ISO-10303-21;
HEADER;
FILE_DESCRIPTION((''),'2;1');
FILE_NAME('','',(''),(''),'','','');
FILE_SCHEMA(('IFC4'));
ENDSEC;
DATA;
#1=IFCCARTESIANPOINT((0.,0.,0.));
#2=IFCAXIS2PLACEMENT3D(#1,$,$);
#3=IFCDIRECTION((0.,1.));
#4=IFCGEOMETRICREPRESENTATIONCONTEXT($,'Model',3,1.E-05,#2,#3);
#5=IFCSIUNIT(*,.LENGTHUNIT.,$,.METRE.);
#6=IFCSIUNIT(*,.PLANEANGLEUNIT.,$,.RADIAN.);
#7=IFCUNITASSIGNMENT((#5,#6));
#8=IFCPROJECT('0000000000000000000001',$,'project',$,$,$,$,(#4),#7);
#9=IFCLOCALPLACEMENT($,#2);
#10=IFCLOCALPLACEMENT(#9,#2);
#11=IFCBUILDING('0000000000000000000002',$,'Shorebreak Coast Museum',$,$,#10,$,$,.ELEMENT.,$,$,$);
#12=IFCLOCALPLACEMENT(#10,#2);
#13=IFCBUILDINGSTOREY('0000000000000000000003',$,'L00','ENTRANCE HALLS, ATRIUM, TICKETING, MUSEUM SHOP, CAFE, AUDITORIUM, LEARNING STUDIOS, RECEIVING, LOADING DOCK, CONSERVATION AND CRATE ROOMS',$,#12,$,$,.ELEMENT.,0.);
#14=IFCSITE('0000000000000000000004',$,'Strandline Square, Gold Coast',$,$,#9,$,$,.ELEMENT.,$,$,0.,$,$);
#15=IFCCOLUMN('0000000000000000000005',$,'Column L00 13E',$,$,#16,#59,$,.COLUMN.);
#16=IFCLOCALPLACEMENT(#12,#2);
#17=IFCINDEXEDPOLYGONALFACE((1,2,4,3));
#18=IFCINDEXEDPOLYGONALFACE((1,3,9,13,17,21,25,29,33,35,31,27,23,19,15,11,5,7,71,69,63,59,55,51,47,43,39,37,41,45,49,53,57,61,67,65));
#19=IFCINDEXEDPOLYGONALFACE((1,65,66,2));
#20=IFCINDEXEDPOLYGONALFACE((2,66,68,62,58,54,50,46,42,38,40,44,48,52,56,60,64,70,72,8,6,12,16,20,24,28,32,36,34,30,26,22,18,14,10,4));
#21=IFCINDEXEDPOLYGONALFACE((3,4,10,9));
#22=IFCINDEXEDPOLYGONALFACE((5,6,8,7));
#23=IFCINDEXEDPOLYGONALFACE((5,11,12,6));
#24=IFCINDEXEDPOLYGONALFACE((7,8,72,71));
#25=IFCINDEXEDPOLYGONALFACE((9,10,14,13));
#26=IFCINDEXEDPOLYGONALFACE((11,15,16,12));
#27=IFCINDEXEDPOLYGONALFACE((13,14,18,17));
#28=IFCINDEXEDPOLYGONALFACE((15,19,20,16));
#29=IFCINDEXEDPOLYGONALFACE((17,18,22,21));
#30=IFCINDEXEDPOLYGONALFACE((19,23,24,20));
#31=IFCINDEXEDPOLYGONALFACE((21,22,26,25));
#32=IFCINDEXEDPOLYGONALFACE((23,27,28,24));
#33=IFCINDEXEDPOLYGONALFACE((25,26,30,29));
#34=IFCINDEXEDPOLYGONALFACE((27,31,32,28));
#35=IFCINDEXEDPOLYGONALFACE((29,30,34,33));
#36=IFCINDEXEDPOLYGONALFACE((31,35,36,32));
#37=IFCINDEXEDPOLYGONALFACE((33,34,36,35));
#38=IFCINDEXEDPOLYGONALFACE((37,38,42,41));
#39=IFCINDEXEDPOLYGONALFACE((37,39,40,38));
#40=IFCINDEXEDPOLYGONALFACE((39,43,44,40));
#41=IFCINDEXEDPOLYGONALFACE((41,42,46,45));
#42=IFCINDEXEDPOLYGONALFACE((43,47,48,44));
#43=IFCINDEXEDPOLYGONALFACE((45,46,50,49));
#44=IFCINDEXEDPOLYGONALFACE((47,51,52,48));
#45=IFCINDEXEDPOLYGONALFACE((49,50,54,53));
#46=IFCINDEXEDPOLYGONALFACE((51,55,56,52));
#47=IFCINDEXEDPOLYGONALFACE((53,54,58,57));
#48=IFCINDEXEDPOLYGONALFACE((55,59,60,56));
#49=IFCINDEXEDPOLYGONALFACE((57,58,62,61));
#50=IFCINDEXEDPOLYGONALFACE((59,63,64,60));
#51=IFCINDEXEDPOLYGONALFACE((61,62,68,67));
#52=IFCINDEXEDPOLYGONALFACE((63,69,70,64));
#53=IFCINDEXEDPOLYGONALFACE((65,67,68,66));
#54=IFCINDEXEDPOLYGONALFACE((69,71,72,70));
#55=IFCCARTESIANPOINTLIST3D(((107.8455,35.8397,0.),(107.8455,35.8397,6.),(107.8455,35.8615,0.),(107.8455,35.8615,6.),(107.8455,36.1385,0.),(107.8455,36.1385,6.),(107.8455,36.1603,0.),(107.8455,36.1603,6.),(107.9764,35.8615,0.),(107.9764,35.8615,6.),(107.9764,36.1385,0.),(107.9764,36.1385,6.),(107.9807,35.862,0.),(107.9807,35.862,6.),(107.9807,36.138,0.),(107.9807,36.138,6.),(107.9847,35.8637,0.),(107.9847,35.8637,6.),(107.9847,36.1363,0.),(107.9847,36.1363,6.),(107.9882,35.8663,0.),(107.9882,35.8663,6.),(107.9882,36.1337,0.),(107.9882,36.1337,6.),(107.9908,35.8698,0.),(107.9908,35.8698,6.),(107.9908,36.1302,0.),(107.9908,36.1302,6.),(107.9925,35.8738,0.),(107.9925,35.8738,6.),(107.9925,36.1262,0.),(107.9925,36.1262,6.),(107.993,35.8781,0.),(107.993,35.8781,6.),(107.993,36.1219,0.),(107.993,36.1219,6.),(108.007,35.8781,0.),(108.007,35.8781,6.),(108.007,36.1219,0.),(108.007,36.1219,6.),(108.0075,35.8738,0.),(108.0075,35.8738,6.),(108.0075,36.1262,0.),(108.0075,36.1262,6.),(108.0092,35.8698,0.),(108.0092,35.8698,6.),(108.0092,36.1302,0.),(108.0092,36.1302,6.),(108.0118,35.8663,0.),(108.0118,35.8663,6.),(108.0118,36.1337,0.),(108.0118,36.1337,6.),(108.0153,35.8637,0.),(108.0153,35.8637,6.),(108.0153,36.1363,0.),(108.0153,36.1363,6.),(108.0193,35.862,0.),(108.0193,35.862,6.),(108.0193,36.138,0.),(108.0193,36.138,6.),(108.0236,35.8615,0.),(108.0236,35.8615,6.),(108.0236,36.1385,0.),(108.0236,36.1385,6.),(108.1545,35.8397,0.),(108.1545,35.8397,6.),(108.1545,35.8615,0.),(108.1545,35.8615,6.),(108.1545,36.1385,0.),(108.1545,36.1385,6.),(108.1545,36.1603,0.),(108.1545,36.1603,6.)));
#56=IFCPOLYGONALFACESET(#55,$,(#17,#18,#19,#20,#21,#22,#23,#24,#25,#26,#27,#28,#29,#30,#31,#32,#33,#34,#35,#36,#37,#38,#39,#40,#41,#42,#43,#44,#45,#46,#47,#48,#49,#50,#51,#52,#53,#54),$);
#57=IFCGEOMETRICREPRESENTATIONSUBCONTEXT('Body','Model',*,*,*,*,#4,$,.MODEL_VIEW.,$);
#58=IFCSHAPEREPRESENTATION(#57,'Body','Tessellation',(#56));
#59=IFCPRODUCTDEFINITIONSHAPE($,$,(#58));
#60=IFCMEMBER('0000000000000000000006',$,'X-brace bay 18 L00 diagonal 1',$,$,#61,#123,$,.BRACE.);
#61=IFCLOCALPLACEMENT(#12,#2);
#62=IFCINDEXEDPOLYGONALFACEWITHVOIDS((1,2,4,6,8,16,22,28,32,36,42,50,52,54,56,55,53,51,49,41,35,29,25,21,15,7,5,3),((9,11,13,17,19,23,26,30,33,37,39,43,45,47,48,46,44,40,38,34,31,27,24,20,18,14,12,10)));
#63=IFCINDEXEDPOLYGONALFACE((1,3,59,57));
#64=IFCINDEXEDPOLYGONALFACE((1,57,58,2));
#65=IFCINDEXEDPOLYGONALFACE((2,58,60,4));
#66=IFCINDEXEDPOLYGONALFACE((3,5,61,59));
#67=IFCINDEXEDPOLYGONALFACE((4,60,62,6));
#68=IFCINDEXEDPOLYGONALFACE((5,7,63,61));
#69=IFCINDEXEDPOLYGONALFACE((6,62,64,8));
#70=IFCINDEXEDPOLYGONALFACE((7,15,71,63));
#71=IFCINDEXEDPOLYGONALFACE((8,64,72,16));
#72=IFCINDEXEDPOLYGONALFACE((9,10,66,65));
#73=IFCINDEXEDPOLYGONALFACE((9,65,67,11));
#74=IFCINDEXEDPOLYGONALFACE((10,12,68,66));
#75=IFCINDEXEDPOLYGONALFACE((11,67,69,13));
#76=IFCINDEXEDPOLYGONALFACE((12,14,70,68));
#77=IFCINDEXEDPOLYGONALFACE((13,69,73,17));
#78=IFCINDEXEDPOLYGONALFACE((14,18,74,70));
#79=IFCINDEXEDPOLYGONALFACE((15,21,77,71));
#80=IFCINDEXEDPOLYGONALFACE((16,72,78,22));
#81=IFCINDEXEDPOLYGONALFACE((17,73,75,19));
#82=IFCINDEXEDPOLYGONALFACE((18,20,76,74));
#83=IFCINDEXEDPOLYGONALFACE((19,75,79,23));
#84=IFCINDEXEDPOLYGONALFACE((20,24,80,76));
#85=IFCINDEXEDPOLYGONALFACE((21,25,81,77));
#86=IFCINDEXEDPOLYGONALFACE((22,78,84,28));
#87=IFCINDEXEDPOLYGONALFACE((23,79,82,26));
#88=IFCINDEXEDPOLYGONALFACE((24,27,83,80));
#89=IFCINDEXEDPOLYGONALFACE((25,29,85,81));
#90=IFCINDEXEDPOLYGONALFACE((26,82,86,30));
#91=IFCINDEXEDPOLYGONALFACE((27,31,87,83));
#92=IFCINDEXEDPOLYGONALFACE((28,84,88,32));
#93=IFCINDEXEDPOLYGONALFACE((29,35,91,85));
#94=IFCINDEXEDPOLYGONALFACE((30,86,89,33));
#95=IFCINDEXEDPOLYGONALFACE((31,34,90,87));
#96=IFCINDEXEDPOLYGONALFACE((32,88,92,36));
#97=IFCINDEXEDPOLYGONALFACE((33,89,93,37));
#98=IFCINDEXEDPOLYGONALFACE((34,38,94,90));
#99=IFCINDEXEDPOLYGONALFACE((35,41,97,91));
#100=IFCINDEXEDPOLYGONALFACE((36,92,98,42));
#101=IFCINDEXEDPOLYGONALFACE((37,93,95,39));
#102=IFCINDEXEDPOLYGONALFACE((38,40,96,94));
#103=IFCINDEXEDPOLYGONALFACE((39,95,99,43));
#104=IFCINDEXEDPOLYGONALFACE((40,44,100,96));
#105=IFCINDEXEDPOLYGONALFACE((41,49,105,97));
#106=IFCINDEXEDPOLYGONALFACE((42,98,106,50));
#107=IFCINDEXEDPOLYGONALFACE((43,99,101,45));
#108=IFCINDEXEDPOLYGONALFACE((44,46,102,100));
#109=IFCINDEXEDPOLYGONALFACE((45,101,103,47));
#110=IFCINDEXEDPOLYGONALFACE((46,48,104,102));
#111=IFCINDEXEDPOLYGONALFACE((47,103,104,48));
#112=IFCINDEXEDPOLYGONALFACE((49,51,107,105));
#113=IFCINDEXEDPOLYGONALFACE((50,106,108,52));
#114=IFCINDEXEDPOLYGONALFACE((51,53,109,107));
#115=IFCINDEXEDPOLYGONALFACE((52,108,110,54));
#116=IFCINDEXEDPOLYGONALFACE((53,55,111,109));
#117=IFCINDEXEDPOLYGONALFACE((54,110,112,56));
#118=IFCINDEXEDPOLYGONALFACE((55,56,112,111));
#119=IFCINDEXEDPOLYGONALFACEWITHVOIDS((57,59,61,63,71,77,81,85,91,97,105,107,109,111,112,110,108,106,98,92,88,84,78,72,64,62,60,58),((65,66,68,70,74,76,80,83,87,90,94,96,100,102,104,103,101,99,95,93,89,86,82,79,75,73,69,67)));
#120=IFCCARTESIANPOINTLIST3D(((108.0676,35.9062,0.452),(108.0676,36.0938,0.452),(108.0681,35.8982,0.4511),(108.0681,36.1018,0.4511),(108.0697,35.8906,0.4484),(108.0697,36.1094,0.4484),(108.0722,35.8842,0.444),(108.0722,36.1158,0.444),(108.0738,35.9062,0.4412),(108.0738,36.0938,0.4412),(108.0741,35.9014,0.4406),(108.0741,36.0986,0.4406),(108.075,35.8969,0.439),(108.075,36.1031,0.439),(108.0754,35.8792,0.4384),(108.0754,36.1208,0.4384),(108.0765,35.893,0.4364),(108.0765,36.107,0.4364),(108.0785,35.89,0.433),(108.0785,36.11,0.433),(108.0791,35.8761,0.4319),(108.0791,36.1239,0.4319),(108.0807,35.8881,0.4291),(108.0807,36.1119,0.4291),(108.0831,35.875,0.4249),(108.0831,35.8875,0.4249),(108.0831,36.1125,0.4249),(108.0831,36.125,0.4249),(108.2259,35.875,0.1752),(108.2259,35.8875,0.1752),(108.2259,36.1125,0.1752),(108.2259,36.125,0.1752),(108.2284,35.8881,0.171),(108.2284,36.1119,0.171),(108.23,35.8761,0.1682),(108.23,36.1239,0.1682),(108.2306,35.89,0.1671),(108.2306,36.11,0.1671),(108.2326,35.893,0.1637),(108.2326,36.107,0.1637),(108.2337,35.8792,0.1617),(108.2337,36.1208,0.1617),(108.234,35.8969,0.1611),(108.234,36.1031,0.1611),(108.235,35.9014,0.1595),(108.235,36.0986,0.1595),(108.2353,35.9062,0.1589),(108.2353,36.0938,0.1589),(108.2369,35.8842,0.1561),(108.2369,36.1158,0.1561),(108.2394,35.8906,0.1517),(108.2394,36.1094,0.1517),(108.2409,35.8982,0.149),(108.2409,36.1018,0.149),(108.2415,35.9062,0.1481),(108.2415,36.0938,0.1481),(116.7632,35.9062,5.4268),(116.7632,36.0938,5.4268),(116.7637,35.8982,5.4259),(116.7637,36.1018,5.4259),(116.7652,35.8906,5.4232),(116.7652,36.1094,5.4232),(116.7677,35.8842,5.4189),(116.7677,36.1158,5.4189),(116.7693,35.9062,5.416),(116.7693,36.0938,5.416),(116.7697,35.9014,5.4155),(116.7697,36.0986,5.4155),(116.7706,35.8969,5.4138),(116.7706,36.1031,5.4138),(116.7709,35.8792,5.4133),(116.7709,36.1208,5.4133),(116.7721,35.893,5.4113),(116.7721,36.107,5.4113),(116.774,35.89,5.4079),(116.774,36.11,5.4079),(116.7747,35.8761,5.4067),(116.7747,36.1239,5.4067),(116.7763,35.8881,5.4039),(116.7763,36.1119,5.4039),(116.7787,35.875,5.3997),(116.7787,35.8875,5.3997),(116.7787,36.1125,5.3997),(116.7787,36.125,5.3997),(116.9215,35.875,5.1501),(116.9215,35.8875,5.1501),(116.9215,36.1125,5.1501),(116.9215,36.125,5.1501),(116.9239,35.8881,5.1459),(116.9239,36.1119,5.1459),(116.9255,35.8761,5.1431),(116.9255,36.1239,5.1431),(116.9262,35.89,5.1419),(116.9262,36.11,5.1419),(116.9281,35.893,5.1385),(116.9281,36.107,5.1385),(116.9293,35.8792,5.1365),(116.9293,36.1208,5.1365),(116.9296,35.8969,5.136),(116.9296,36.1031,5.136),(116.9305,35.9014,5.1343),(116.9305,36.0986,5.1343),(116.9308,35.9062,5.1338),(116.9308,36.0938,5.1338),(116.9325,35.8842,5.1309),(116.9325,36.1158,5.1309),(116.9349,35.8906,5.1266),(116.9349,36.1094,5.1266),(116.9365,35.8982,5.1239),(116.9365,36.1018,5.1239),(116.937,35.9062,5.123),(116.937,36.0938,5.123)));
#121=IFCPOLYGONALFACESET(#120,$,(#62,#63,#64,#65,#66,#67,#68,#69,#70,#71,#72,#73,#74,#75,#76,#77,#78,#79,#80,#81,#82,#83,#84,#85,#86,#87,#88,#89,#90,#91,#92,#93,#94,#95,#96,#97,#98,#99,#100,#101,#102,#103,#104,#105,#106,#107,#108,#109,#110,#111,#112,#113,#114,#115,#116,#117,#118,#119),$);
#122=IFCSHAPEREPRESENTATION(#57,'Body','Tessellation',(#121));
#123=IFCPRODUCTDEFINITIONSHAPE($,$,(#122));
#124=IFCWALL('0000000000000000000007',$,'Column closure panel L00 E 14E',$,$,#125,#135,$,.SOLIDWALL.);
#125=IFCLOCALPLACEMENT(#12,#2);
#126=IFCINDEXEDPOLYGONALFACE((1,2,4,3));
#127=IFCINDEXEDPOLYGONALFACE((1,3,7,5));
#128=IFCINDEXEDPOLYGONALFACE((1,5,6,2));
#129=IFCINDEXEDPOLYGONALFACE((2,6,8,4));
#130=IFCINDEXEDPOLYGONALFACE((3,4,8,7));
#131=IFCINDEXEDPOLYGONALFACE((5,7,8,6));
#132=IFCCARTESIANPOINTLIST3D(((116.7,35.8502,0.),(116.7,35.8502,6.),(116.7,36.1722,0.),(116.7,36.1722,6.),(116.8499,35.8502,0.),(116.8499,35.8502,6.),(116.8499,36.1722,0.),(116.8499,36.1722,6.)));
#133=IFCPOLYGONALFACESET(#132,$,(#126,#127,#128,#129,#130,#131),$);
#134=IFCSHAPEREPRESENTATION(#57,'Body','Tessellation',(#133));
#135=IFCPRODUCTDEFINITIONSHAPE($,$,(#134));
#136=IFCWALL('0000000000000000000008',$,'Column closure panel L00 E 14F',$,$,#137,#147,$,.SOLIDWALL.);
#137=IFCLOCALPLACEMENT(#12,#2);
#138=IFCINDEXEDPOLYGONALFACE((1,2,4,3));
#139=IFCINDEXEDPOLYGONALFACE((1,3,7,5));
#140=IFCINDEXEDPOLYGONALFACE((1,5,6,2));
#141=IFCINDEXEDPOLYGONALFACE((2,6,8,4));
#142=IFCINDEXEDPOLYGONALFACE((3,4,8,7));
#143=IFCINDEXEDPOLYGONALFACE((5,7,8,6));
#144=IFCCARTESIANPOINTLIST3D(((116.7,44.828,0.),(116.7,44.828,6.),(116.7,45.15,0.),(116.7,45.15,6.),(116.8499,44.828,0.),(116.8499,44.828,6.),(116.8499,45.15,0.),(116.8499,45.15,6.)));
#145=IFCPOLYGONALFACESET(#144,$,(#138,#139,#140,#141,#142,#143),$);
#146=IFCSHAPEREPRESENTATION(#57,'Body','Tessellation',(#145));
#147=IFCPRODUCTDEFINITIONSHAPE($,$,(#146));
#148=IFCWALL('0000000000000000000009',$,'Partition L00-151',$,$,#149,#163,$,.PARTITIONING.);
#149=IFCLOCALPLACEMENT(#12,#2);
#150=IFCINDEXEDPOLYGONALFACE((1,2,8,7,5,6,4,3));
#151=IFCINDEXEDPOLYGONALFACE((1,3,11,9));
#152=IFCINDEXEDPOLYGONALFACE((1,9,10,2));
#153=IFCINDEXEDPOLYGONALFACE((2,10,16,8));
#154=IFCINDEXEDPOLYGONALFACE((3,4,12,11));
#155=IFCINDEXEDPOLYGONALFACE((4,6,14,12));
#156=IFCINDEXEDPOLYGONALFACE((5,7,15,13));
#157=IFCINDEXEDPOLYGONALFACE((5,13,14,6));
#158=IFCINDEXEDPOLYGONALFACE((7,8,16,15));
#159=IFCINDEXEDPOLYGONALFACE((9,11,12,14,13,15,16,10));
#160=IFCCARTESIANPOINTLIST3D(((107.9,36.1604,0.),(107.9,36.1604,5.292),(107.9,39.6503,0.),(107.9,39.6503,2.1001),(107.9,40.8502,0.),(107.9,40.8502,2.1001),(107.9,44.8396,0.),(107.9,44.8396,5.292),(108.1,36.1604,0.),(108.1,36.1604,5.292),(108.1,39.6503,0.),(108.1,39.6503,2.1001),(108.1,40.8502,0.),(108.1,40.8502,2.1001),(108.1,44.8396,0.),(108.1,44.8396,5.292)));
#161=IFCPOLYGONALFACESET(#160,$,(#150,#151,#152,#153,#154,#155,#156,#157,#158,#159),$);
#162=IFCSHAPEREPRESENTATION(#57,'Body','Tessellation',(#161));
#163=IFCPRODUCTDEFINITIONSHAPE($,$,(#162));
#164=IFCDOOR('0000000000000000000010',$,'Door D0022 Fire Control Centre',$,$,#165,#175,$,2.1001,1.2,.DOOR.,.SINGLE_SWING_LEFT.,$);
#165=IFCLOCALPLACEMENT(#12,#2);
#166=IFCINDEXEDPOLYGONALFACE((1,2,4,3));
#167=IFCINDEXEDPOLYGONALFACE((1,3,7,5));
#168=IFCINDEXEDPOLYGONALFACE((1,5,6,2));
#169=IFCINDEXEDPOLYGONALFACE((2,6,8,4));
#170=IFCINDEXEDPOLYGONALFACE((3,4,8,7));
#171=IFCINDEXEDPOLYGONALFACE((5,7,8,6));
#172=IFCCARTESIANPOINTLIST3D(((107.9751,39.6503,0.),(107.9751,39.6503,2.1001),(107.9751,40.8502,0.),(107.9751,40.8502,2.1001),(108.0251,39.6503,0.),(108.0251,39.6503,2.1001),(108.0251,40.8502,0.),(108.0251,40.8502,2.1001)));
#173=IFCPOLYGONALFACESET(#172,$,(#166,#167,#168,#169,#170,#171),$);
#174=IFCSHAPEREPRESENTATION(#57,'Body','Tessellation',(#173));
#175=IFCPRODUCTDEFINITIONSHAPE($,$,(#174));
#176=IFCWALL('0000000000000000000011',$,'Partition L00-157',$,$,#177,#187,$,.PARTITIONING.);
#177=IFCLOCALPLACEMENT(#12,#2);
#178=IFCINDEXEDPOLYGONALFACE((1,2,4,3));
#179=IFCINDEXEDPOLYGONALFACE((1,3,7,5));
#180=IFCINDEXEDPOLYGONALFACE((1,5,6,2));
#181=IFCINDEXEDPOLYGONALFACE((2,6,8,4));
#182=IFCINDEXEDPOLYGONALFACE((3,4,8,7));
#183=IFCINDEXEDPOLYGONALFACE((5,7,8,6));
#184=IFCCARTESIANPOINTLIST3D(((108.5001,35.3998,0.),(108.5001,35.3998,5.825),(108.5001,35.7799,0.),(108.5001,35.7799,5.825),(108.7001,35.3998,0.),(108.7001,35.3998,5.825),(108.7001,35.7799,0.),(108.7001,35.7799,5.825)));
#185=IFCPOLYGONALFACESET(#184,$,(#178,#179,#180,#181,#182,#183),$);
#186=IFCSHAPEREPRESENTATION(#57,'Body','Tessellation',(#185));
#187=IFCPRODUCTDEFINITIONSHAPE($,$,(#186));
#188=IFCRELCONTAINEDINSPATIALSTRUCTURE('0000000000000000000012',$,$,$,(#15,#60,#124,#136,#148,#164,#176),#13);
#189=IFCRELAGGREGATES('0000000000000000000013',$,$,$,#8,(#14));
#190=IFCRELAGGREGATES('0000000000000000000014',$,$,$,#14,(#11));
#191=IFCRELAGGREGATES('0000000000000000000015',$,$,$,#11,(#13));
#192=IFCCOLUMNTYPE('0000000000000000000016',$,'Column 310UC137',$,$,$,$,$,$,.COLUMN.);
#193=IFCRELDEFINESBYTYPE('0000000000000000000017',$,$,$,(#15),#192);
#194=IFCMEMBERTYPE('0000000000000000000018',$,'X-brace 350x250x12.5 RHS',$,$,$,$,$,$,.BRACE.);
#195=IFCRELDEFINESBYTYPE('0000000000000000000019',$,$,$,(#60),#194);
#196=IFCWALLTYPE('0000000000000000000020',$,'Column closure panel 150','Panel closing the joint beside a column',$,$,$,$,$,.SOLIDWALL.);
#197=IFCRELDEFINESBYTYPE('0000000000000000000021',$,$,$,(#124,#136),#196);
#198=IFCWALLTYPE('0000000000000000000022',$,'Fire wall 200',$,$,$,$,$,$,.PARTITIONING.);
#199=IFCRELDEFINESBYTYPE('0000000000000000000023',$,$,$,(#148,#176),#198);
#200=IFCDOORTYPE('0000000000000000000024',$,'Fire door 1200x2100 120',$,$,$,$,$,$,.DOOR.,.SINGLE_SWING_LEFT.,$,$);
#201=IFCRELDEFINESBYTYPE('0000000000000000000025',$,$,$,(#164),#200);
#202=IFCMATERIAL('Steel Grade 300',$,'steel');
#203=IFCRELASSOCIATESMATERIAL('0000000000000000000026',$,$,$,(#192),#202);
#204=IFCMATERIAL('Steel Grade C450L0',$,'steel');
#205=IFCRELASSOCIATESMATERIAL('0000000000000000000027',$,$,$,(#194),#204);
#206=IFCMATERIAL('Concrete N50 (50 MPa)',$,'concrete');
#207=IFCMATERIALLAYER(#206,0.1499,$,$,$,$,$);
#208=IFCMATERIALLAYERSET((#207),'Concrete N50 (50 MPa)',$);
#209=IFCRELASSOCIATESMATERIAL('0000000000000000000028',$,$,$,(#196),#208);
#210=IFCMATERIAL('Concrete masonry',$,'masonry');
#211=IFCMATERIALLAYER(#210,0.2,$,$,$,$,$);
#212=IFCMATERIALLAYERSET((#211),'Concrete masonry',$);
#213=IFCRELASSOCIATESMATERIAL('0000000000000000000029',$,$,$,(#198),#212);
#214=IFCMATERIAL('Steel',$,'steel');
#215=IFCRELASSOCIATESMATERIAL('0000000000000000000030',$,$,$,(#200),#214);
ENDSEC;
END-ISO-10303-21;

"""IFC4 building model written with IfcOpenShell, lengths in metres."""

from ifc_helpers import new_model, si_unit, direction, frame, frame_2d, origin, origin_2d, place, context, subcontext, project, spatial, rectangle, hollow_rectangle, i_section, extrude, material, layer, layer_set, material_profile, profile_set, type_object, element, fill, save


model = new_model("IFC4")

# Units and contexts
model_context = context("Model", 3, precision=1e-05, world=origin(), true_north=direction((0.0, 1.0)))
body_context = subcontext(model_context, "Body", "Model", "MODEL_VIEW")
ifc_project = project(units=[si_unit("LENGTHUNIT", "METRE"), si_unit("PLANEANGLEUNIT", "RADIAN")], contexts=[model_context])

# Site, building, storey
site_placement = place(None, origin())
site = spatial("IfcSite", under=ifc_project, at=site_placement, Name="Strandline Square, Gold Coast", CompositionType="ELEMENT", RefElevation=0.0)
building_placement = place(site_placement, origin())
building = spatial("IfcBuilding", under=site, at=building_placement, Name="Shorebreak Coast Museum", CompositionType="ELEMENT")
storey_placement = place(building_placement, origin())
storey = spatial("IfcBuildingStorey", under=building, at=storey_placement, Name="L00", Description="ENTRANCE HALLS, ATRIUM, TICKETING, MUSEUM SHOP, CAFE, AUDITORIUM, LEARNING STUDIOS, RECEIVING, LOADING DOCK, CONSERVATION AND CRATE ROOMS", CompositionType="ELEMENT", Elevation=0.0)

# Column
ifc_material_1 = material(Name="Steel Grade 300", Category="steel")
ifc_material_profile_1 = material_profile(ifc_material_1, i_section(OverallWidth=0.3091, OverallDepth=0.3206, WebThickness=0.0139, FlangeThickness=0.0217, FilletRadius=0.0166, at=origin_2d()), Name="310UC137")
ifc_profile_set_1 = profile_set([ifc_material_profile_1], Name="Steel Grade 300")
column_type = type_object("IfcColumnType", Name="Column 310UC137", PredefinedType="COLUMN", material=ifc_profile_set_1)
column_placement = place(storey_placement, frame((108.0, 36.0, 0.0), z_axis=(0.0, 0.0, 1.0), x_axis=(1.0, 0.0, 0.0)))
element("IfcColumn", 1, at=column_placement, inside=storey, type_object=column_type, Name="Column L00 13E", PredefinedType="COLUMN", context=body_context, shape_type="SweptSolid", body=[
    extrude(i_section(OverallWidth=0.3091, OverallDepth=0.3206, WebThickness=0.0139, FlangeThickness=0.0217, FilletRadius=0.0166, at=origin_2d()), origin(), (0.0, 0.0, 1.0), 6.0),
])

# Member
ifc_material_2 = material(Name="Steel Grade C450L0", Category="steel")
ifc_material_profile_2 = material_profile(ifc_material_2, hollow_rectangle(XDim=0.25, YDim=0.3501, WallThickness=0.0125, InnerFilletRadius=0.0188, OuterFilletRadius=0.0312, at=origin_2d()), Name="350x250x12.5 RHS")
ifc_profile_set_2 = profile_set([ifc_material_profile_2], Name="Steel Grade C450L0")
member_type = type_object("IfcMemberType", Name="X-brace 350x250x12.5 RHS", PredefinedType="BRACE", material=ifc_profile_set_2)
member_placement = place(storey_placement, frame((108.1545, 36.0, 0.3), z_axis=(0.867987, 0.0, 0.496588), x_axis=(0.0, 1.0, 0.0)))
element("IfcMember", 2, at=member_placement, inside=storey, type_object=member_type, Name="X-brace bay 18 L00 diagonal 1", PredefinedType="BRACE", context=body_context, shape_type="SweptSolid", body=[
    extrude(hollow_rectangle(XDim=0.25, YDim=0.3501, WallThickness=0.0125, InnerFilletRadius=0.0188, OuterFilletRadius=0.0312, at=origin_2d()), origin(), (0.0, 0.0, 1.0), 10.0181),
])

# Walls
ifc_material_3 = material(Name="Concrete N50 (50 MPa)", Category="concrete")
ifc_layer_1 = layer(ifc_material_3, 0.1499)
ifc_layer_set_1 = layer_set([ifc_layer_1], Name="Concrete N50 (50 MPa)")
wall_type_1 = type_object("IfcWallType", Name="Column closure panel 150", Description="Panel closing the joint beside a column", PredefinedType="SOLIDWALL", material=ifc_layer_set_1)
for number, where, z_axis, x_axis, name in (
    (3, (116.7749, 35.8501, 0.0), (0.0, 0.0, 1.0), (0.0, 1.0, 0.0), "Column closure panel L00 E 14E"),
    (4, (116.7749, 44.8279, 0.0), (0.0, 0.0, 1.0), (0.0, 1.0, 0.0), "Column closure panel L00 E 14F"),
):
    element("IfcWall", number, at=place(storey_placement, frame(where, z_axis=z_axis, x_axis=x_axis)), inside=storey, type_object=wall_type_1, Name=name, PredefinedType="SOLIDWALL", context=body_context, shape_type="SweptSolid", body=[
        extrude(rectangle(XDim=0.322, YDim=0.1499, at=frame_2d((0.1611, 0.0))), origin(), (0.0, 0.0, 1.0), 6.0),
    ])

# Wall, opening, door
ifc_material_4 = material(Name="Concrete masonry", Category="masonry")
ifc_layer_2 = layer(ifc_material_4, 0.2)
ifc_layer_set_2 = layer_set([ifc_layer_2], Name="Concrete masonry")
wall_type_2 = type_object("IfcWallType", Name="Fire wall 200", PredefinedType="PARTITIONING", material=ifc_layer_set_2)
wall_1_placement = place(storey_placement, frame((108.0, 36.1604, 0.0), z_axis=(0.0, 0.0, 1.0), x_axis=(0.0, 1.0, 0.0)))
wall_1 = element("IfcWall", 5, at=wall_1_placement, inside=storey, type_object=wall_type_2, Name="Partition L00-151", PredefinedType="PARTITIONING", context=body_context, shape_type="SweptSolid", body=[
    extrude(rectangle(XDim=8.6792, YDim=0.2, at=frame_2d((4.3396, 0.0))), origin(), (0.0, 0.0, 1.0), 5.292),
])
opening_placement = place(wall_1_placement, frame((3.4897, 0.0, 0.0)))
opening = element("IfcOpeningElement", 6, at=opening_placement, cuts=wall_1, PredefinedType="OPENING", context=body_context, shape_type="SweptSolid", body=[
    extrude(rectangle(XDim=1.2, YDim=2.1001, at=frame_2d((0.6001, 1.05))), frame((0.0, 0.1099, 0.0), z_axis=(0.0, -1.0, 0.0), x_axis=(1.0, 0.0, 0.0)), (0.0, 0.0, 1.0), 0.22),
])
ifc_material_5 = material(Name="Steel", Category="steel")
door_type = type_object("IfcDoorType", Name="Fire door 1200x2100 120", OperationType="SINGLE_SWING_LEFT", PredefinedType="DOOR", material=ifc_material_5)
door_placement = place(opening_placement, origin())
door = element("IfcDoor", 7, at=door_placement, inside=storey, type_object=door_type, Name="Door D0022 Fire Control Centre", OperationType="SINGLE_SWING_LEFT", OverallHeight=2.1001, OverallWidth=1.2, PredefinedType="DOOR", context=body_context, shape_type="SweptSolid", body=[
    extrude(rectangle(XDim=1.2, YDim=2.1001, at=frame_2d((0.6001, 1.05))), frame((0.0, 0.0249, 0.0), z_axis=(0.0, -1.0, 0.0), x_axis=(1.0, 0.0, 0.0)), (0.0, 0.0, 1.0), 0.05),
])
fill(opening, door)

# Wall
wall_2_placement = place(storey_placement, frame((108.6001, 35.3999, 0.0), z_axis=(0.0, 0.0, 1.0), x_axis=(0.0, 1.0, 0.0)))
element("IfcWall", 8, at=wall_2_placement, inside=storey, type_object=wall_type_2, Name="Partition L00-157", PredefinedType="PARTITIONING", context=body_context, shape_type="SweptSolid", body=[
    extrude(rectangle(XDim=0.3801, YDim=0.2, at=frame_2d((0.1899, 0.0))), origin(), (0.0, 0.0, 1.0), 5.825),
])

save(model, "model.ifc")
